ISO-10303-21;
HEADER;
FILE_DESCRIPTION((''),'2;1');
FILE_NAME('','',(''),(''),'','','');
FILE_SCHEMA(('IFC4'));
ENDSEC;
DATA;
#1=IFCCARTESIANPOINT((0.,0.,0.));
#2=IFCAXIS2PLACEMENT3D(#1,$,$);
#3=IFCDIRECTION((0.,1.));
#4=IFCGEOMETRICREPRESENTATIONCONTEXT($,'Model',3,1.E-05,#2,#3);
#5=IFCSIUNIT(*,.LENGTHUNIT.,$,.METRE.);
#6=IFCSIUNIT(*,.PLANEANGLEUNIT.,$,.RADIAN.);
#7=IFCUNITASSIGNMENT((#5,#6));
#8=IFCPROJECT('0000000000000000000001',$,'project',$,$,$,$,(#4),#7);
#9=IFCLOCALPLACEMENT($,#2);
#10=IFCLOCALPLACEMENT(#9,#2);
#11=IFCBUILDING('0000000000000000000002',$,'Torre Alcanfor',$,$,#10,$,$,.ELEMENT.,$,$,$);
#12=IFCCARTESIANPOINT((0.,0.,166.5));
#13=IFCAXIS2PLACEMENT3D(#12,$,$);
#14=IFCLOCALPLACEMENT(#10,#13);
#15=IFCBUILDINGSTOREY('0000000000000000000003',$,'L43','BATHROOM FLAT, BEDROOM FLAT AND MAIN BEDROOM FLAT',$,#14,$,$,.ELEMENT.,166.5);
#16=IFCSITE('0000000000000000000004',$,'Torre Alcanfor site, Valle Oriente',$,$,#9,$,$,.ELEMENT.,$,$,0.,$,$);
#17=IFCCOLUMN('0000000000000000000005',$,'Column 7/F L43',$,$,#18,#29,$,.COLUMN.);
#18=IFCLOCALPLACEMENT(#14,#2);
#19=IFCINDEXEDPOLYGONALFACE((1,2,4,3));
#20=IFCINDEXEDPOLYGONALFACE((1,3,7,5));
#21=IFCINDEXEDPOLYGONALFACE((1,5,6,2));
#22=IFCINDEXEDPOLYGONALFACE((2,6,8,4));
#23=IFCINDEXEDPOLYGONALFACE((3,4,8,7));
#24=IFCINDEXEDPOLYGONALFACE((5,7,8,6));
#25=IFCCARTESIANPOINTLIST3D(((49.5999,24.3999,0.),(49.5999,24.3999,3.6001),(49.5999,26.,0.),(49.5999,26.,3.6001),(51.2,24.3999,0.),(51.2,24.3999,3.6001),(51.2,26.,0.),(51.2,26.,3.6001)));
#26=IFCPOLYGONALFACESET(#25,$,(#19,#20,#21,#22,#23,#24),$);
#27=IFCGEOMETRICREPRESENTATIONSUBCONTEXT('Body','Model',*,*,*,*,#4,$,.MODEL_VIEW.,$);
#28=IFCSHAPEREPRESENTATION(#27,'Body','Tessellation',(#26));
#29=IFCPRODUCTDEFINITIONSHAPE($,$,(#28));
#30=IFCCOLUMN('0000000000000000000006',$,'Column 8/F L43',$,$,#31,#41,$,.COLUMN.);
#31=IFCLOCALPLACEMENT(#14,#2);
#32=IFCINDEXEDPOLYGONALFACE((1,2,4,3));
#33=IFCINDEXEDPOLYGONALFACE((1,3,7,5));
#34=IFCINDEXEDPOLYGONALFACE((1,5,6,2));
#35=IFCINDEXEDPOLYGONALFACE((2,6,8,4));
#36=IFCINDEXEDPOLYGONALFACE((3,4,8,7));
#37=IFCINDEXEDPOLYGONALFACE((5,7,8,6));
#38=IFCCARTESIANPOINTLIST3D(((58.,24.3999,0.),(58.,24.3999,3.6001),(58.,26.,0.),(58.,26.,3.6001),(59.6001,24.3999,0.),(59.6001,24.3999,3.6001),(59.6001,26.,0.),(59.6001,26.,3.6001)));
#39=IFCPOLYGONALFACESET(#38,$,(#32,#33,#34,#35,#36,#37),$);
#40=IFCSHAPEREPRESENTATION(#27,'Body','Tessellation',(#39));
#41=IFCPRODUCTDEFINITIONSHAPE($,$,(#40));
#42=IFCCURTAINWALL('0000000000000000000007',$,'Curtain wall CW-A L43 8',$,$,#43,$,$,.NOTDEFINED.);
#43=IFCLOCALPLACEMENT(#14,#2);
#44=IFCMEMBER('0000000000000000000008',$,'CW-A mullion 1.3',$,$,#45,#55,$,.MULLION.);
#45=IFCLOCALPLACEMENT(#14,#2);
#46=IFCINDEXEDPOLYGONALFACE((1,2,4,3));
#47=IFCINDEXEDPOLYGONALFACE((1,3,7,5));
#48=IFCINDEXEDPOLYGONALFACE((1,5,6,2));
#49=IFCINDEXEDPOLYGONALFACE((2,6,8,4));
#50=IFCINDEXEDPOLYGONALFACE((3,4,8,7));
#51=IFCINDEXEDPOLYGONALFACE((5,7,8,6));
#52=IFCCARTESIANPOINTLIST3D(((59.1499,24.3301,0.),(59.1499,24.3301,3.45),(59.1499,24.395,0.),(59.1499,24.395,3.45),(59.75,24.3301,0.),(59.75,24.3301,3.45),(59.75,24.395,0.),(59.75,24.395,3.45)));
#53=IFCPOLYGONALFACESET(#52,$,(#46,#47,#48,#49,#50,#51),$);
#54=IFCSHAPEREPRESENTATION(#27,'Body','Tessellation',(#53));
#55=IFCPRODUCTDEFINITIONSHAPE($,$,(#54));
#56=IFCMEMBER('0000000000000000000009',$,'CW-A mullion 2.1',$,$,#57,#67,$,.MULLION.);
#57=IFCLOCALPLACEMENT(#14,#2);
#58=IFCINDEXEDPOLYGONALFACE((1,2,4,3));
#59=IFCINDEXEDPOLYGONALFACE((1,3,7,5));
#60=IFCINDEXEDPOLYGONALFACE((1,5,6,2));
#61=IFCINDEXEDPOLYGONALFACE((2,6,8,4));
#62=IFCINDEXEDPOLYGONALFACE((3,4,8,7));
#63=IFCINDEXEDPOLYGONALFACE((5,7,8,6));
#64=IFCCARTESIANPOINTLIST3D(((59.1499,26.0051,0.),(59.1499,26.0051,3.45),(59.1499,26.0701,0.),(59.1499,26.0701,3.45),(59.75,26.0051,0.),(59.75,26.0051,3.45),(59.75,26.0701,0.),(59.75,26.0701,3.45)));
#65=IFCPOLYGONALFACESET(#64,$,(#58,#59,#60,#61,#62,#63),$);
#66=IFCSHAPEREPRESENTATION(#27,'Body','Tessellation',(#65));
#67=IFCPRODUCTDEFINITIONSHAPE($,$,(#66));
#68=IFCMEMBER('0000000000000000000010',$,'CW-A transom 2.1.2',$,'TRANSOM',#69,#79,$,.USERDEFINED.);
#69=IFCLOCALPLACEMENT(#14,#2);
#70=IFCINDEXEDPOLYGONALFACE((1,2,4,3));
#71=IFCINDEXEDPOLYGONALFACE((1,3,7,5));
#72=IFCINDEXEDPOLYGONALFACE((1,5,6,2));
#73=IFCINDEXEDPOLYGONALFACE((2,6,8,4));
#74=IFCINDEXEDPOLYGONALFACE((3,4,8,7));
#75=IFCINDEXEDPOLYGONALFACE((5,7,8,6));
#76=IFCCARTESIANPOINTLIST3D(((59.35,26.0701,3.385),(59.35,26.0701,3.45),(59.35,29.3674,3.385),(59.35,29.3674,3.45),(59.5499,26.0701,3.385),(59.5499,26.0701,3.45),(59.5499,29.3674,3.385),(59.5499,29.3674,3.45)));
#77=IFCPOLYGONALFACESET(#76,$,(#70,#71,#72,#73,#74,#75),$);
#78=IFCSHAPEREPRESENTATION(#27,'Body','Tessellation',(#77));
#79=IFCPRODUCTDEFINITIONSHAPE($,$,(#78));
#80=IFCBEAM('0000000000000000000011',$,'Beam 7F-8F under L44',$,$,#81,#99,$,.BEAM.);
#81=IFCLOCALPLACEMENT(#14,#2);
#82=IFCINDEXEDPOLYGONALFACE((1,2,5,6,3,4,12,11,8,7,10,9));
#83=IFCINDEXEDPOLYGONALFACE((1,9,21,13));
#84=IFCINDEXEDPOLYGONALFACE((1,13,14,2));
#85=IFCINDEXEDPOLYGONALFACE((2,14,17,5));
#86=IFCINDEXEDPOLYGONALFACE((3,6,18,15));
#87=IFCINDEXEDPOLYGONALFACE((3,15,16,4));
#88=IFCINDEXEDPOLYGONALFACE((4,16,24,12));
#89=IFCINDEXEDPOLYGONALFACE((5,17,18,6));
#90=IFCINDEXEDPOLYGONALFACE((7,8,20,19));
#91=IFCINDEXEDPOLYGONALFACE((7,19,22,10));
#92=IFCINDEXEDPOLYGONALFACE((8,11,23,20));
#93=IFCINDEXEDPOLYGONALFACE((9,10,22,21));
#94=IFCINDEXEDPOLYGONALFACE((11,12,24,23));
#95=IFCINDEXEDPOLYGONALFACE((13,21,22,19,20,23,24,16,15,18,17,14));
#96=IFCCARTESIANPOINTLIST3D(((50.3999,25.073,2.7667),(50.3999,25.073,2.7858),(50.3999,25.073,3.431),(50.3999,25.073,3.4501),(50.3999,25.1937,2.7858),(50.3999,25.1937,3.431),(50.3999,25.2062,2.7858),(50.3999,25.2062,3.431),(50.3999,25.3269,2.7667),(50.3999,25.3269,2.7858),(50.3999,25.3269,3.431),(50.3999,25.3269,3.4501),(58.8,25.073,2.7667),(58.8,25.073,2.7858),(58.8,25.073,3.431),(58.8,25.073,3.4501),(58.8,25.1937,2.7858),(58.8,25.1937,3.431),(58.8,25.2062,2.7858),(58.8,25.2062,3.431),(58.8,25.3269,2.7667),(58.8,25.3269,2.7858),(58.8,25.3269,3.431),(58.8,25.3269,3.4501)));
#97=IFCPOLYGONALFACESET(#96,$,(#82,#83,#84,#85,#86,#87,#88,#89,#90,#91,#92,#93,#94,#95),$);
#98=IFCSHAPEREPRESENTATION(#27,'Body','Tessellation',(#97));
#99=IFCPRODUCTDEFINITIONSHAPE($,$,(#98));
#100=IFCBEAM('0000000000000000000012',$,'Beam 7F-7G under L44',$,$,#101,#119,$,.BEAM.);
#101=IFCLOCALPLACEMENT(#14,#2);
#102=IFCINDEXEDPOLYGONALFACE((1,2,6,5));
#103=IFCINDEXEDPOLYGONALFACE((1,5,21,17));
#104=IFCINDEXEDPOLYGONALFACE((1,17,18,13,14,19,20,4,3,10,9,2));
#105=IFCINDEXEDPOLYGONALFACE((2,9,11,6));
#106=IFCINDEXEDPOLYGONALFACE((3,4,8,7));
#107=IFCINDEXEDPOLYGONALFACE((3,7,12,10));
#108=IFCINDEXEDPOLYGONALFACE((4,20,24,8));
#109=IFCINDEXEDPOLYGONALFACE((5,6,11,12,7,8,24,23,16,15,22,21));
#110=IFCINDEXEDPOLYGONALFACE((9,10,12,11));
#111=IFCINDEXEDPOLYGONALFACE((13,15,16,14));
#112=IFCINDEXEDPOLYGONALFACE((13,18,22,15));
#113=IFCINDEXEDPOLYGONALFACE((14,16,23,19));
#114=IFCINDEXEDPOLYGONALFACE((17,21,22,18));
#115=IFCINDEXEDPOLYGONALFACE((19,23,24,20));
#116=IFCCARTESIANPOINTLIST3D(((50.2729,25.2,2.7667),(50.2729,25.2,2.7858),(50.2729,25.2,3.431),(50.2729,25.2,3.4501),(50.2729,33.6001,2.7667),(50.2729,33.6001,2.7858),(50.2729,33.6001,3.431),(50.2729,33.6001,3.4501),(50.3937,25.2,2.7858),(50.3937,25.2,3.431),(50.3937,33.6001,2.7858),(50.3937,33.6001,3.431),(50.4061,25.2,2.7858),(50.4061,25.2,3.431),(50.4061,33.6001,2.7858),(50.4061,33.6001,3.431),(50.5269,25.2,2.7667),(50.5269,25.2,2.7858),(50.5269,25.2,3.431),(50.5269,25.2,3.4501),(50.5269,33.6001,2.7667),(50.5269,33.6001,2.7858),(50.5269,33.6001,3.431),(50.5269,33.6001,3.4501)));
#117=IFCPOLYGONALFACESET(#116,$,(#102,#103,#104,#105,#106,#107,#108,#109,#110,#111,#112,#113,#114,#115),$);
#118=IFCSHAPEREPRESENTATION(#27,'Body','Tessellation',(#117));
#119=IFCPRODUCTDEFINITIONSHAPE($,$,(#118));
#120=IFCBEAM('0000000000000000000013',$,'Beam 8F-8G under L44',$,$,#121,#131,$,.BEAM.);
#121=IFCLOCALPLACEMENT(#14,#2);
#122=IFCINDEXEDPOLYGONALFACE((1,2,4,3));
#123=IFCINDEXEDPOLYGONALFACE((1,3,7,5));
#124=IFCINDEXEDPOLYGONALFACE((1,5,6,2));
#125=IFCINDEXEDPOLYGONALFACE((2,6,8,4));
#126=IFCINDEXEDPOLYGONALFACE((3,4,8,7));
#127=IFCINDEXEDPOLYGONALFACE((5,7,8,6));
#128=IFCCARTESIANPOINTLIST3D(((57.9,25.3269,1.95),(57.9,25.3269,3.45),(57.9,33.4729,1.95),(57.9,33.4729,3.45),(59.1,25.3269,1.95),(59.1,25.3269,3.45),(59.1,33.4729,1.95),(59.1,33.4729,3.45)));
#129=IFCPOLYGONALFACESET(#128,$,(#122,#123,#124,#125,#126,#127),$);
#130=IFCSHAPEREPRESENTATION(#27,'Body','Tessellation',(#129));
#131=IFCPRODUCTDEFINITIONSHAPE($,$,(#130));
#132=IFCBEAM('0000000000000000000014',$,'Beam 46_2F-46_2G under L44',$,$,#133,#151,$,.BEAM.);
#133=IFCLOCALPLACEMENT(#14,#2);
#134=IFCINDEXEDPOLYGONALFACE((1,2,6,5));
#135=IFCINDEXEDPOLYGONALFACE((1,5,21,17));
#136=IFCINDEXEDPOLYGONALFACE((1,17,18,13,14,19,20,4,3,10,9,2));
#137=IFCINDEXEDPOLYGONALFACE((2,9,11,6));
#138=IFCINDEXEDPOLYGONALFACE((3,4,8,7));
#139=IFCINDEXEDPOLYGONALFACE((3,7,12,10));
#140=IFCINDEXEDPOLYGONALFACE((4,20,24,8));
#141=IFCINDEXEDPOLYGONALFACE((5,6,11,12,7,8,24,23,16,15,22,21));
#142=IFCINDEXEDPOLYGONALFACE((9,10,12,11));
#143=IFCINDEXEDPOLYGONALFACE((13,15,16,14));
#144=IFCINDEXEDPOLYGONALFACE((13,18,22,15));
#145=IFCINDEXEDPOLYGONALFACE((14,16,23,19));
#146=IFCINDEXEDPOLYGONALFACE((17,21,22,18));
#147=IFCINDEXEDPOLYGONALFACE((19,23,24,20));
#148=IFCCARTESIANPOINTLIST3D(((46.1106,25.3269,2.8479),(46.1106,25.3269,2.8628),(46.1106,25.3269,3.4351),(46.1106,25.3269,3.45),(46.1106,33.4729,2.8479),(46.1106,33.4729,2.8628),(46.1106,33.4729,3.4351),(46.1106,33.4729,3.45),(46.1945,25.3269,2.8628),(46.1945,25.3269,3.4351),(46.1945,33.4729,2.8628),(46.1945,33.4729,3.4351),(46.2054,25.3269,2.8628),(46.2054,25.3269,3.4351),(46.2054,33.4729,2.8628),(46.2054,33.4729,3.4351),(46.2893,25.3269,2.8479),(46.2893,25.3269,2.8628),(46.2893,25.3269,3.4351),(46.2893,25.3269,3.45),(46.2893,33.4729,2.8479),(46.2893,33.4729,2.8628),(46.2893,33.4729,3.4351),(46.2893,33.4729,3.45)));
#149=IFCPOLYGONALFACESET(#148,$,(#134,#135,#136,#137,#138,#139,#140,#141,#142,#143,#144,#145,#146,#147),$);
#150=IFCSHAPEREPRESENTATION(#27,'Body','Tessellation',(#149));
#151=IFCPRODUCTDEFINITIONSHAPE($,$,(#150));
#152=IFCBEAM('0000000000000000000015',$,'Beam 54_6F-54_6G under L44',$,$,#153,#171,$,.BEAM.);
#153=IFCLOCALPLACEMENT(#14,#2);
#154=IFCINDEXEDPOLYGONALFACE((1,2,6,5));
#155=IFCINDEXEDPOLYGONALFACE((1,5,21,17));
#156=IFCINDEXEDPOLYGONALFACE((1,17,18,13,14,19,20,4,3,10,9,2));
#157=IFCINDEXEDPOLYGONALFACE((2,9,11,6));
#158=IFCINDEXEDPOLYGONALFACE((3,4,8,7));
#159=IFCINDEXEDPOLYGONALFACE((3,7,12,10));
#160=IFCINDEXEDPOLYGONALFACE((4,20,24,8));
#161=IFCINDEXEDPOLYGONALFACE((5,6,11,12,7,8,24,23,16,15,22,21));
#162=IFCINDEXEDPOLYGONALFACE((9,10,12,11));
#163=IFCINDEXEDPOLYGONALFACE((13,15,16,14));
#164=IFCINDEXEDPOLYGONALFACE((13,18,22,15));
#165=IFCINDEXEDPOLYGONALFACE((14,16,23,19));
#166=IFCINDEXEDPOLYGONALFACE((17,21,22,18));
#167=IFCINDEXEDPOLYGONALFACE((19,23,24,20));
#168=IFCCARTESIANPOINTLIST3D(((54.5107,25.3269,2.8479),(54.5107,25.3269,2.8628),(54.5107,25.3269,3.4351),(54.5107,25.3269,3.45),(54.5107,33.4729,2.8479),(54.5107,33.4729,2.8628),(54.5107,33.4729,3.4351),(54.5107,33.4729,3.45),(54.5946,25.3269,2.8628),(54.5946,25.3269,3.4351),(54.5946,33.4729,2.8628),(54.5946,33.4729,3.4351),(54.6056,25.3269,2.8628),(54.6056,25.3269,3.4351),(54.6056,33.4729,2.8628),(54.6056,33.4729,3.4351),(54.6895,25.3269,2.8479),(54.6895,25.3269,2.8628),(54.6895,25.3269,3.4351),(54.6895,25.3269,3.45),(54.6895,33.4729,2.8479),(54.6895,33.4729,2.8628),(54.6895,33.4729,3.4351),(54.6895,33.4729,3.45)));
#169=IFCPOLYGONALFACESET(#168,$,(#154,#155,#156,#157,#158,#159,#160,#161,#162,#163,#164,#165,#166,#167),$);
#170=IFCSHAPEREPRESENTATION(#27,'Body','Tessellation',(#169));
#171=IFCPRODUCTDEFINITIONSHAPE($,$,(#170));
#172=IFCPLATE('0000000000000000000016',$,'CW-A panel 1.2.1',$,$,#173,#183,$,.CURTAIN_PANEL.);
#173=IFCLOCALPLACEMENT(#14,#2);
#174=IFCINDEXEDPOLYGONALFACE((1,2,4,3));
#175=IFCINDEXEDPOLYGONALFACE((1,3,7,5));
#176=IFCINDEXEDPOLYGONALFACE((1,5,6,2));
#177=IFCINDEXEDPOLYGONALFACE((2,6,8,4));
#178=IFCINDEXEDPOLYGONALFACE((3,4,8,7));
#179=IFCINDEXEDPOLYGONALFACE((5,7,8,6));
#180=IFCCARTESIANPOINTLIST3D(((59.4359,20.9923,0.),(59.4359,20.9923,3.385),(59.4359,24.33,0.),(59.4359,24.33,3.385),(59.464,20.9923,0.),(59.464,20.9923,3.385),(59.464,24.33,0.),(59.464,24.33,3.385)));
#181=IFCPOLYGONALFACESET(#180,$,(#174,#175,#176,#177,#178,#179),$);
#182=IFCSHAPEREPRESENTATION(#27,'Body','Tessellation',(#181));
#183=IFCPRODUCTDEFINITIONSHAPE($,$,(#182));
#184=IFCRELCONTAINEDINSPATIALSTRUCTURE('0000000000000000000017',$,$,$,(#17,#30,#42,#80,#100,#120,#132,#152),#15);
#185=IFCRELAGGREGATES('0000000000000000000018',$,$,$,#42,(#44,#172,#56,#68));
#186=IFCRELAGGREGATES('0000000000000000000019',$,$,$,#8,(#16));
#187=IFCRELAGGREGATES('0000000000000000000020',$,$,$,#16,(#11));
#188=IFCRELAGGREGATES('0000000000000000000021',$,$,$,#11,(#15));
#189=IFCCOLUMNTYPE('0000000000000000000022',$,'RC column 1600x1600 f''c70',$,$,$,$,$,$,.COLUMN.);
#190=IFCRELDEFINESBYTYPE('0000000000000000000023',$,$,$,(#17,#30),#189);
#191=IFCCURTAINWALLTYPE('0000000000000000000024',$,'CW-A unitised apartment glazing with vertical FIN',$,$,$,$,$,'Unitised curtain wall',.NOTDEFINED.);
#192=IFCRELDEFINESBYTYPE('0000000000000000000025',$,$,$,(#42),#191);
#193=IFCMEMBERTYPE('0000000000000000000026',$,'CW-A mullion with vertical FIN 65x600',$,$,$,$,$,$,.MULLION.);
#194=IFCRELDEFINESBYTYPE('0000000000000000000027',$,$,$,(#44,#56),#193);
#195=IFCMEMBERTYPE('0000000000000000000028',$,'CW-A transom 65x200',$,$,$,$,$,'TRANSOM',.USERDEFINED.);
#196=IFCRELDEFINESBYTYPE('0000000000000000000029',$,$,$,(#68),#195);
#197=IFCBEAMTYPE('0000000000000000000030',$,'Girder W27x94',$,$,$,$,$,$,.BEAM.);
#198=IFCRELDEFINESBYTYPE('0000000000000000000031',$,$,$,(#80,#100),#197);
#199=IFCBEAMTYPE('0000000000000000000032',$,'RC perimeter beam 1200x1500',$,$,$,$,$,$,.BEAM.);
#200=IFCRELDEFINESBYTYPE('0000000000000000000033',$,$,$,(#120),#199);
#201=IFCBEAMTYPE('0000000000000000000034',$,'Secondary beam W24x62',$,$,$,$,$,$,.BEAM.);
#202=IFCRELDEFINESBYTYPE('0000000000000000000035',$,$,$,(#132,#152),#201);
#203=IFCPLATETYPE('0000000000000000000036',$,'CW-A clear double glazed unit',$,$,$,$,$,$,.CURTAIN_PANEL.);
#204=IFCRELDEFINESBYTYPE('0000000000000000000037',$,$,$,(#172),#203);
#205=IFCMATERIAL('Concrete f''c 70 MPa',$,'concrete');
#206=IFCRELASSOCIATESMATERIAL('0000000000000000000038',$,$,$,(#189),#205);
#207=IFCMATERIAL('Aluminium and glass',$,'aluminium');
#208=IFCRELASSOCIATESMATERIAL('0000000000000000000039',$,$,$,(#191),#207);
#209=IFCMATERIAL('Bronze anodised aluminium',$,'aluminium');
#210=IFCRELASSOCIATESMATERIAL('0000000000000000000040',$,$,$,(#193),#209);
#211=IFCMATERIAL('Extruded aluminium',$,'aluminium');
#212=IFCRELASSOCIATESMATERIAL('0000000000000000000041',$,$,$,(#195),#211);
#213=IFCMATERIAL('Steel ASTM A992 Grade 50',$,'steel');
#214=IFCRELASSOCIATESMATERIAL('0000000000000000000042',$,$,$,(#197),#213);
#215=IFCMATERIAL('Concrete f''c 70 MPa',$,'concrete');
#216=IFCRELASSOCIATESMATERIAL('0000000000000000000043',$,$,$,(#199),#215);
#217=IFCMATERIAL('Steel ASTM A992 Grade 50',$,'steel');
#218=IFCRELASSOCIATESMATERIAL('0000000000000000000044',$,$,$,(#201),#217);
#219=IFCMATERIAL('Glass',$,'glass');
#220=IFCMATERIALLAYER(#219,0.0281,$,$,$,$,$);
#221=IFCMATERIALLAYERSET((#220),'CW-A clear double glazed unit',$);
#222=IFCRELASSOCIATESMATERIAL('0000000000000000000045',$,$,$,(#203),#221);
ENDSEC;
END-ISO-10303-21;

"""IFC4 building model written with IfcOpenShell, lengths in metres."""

from ifc_helpers import new_model, si_unit, direction, frame, origin, origin_2d, place, context, subcontext, project, spatial, rectangle, i_section, extrude, material, layer, layer_set, material_profile, profile_set, type_object, element, aggregate, save


model = new_model("IFC4")

# Units and contexts
model_context = context("Model", 3, precision=1e-05, world=origin(), true_north=direction((0.0, 1.0)))
body_context = subcontext(model_context, "Body", "Model", "MODEL_VIEW")
ifc_project = project(units=[si_unit("LENGTHUNIT", "METRE"), si_unit("PLANEANGLEUNIT", "RADIAN")], contexts=[model_context])

# Site, building, storey
site_placement = place(None, origin())
site = spatial("IfcSite", under=ifc_project, at=site_placement, Name="Torre Alcanfor site, Valle Oriente", CompositionType="ELEMENT", RefElevation=0.0)
building_placement = place(site_placement, origin())
building = spatial("IfcBuilding", under=site, at=building_placement, Name="Torre Alcanfor", CompositionType="ELEMENT")
storey_placement = place(building_placement, frame((0.0, 0.0, 166.5)))
storey = spatial("IfcBuildingStorey", under=building, at=storey_placement, Name="L43", Description="BATHROOM FLAT, BEDROOM FLAT AND MAIN BEDROOM FLAT", CompositionType="ELEMENT", Elevation=166.5)

# Columns
ifc_material_1 = material(Name="Concrete f'c 70 MPa", Category="concrete")
ifc_material_profile_1 = material_profile(ifc_material_1, rectangle(XDim=1.6001, YDim=1.6001, at=origin_2d()), Name="1600x1600")
ifc_profile_set_1 = profile_set([ifc_material_profile_1], Name="Concrete f'c 70 MPa")
column_type = type_object("IfcColumnType", Name="RC column 1600x1600 f'c70", PredefinedType="COLUMN", material=ifc_profile_set_1)
for number, where, z_axis, x_axis, name in (
    (1, (50.3999, 25.2, 0.0), (0.0, 0.0, 1.0), (1.0, 0.0, 0.0), "Column 7/F L43"),
    (2, (58.8, 25.2, 0.0), (0.0, 0.0, 1.0), (1.0, 0.0, 0.0), "Column 8/F L43"),
):
    element("IfcColumn", number, at=place(storey_placement, frame(where, z_axis=z_axis, x_axis=x_axis)), inside=storey, type_object=column_type, Name=name, PredefinedType="COLUMN", context=body_context, shape_type="SweptSolid", body=[
        extrude(rectangle(XDim=1.6001, YDim=1.6001, at=origin_2d()), origin(), (0.0, 0.0, 1.0), 3.6001),
    ])

# Curtain wall, members
ifc_material_2 = material(Name="Aluminium and glass", Category="aluminium")
curtain_wall_type = type_object("IfcCurtainWallType", Name="CW-A unitised apartment glazing with vertical FIN", ElementType="Unitised curtain wall", PredefinedType="NOTDEFINED", material=ifc_material_2)
curtain_wall_placement = place(storey_placement, origin())
curtain_wall = element("IfcCurtainWall", 3, at=curtain_wall_placement, inside=storey, type_object=curtain_wall_type, Name="Curtain wall CW-A L43 8", PredefinedType="NOTDEFINED")
ifc_material_3 = material(Name="Bronze anodised aluminium", Category="aluminium")
ifc_material_profile_2 = material_profile(ifc_material_3, rectangle(XDim=0.6001, YDim=0.0649, at=origin_2d()), Name="CW-A mullion 65x600")
ifc_profile_set_2 = profile_set([ifc_material_profile_2], Name="Bronze anodised aluminium")
member_type_1 = type_object("IfcMemberType", Name="CW-A mullion with vertical FIN 65x600", PredefinedType="MULLION", material=ifc_profile_set_2)
member_1_placement = place(storey_placement, frame((59.45, 24.3625, 0.0), z_axis=(0.0, 0.0, 1.0), x_axis=(-1.0, 0.0, 0.0)))
member_1 = element("IfcMember", 4, at=member_1_placement, type_object=member_type_1, Name="CW-A mullion 1.3", PredefinedType="MULLION", context=body_context, shape_type="SweptSolid", body=[
    extrude(rectangle(XDim=0.6001, YDim=0.0649, at=origin_2d()), origin(), (0.0, 0.0, 1.0), 3.45),
])
member_2_placement = place(storey_placement, frame((59.45, 26.0376, 0.0), z_axis=(0.0, 0.0, 1.0), x_axis=(-1.0, 0.0, 0.0)))
member_2 = element("IfcMember", 5, at=member_2_placement, type_object=member_type_1, Name="CW-A mullion 2.1", PredefinedType="MULLION", context=body_context, shape_type="SweptSolid", body=[
    extrude(rectangle(XDim=0.6001, YDim=0.0649, at=origin_2d()), origin(), (0.0, 0.0, 1.0), 3.45),
])
ifc_material_4 = material(Name="Extruded aluminium", Category="aluminium")
ifc_material_profile_3 = material_profile(ifc_material_4, rectangle(XDim=0.2, YDim=0.0649, at=origin_2d()), Name="CW-A transom 200x65")
ifc_profile_set_3 = profile_set([ifc_material_profile_3], Name="Extruded aluminium")
member_type_2 = type_object("IfcMemberType", Name="CW-A transom 65x200", ElementType="TRANSOM", PredefinedType="USERDEFINED", material=ifc_profile_set_3)
member_3_placement = place(storey_placement, frame((59.45, 26.0701, 3.4175), z_axis=(0.0, 1.0, 0.0), x_axis=(-1.0, 0.0, 0.0)))
member_3 = element("IfcMember", 6, at=member_3_placement, type_object=member_type_2, Name="CW-A transom 2.1.2", ObjectType="TRANSOM", PredefinedType="USERDEFINED", context=body_context, shape_type="SweptSolid", body=[
    extrude(rectangle(XDim=0.2, YDim=0.0649, at=origin_2d()), origin(), (0.0, 0.0, 1.0), 3.2974),
])

# Beams
ifc_material_5 = material(Name="Steel ASTM A992 Grade 50", Category="steel")
ifc_material_profile_4 = material_profile(ifc_material_5, i_section(OverallWidth=0.2539, OverallDepth=0.6833, WebThickness=0.0125, FlangeThickness=0.019, at=origin_2d()), Name="W27x94")
ifc_profile_set_4 = profile_set([ifc_material_profile_4], Name="Steel ASTM A992 Grade 50")
beam_type_1 = type_object("IfcBeamType", Name="Girder W27x94", PredefinedType="BEAM", material=ifc_profile_set_4)
for number, where, z_axis, x_axis, name in (
    (7, (50.3999, 25.2, 3.1084), (1.0, 0.0, 0.0), (0.0, 1.0, 0.0), "Beam 7F-8F under L44"),
    (8, (50.3999, 25.2, 3.1084), (0.0, 1.0, 0.0), (-1.0, 0.0, 0.0), "Beam 7F-7G under L44"),
):
    element("IfcBeam", number, at=place(storey_placement, frame(where, z_axis=z_axis, x_axis=x_axis)), inside=storey, type_object=beam_type_1, Name=name, PredefinedType="BEAM", context=body_context, shape_type="SweptSolid", body=[
        extrude(i_section(OverallWidth=0.2539, OverallDepth=0.6833, WebThickness=0.0125, FlangeThickness=0.019, at=origin_2d()), origin(), (0.0, 0.0, 1.0), 8.4001),
    ])
ifc_material_6 = material(Name="Concrete f'c 70 MPa", Category="concrete")
ifc_material_profile_5 = material_profile(ifc_material_6, rectangle(XDim=1.2, YDim=1.5, at=origin_2d()), Name="1200x1500")
ifc_profile_set_5 = profile_set([ifc_material_profile_5], Name="Concrete f'c 70 MPa")
beam_type_2 = type_object("IfcBeamType", Name="RC perimeter beam 1200x1500", PredefinedType="BEAM", material=ifc_profile_set_5)
beam_placement = place(storey_placement, frame((58.5, 25.3269, 2.7), z_axis=(0.0, 1.0, 0.0), x_axis=(-1.0, 0.0, 0.0)))
element("IfcBeam", 9, at=beam_placement, inside=storey, type_object=beam_type_2, Name="Beam 8F-8G under L44", PredefinedType="BEAM", context=body_context, shape_type="SweptSolid", body=[
    extrude(rectangle(XDim=1.2, YDim=1.5, at=origin_2d()), origin(), (0.0, 0.0, 1.0), 8.146),
])
ifc_material_7 = material(Name="Steel ASTM A992 Grade 50", Category="steel")
ifc_material_profile_6 = material_profile(ifc_material_7, i_section(OverallWidth=0.1787, OverallDepth=0.6021, WebThickness=0.011, FlangeThickness=0.0149, at=origin_2d()), Name="W24x62")
ifc_profile_set_6 = profile_set([ifc_material_profile_6], Name="Steel ASTM A992 Grade 50")
beam_type_3 = type_object("IfcBeamType", Name="Secondary beam W24x62", PredefinedType="BEAM", material=ifc_profile_set_6)
for number, where, z_axis, x_axis, name in (
    (10, (46.2, 25.3269, 3.1489), (0.0, 1.0, 0.0), (-1.0, 0.0, 0.0), "Beam 46_2F-46_2G under L44"),
    (11, (54.6001, 25.3269, 3.1489), (0.0, 1.0, 0.0), (-1.0, 0.0, 0.0), "Beam 54_6F-54_6G under L44"),
):
    element("IfcBeam", number, at=place(storey_placement, frame(where, z_axis=z_axis, x_axis=x_axis)), inside=storey, type_object=beam_type_3, Name=name, PredefinedType="BEAM", context=body_context, shape_type="SweptSolid", body=[
        extrude(i_section(OverallWidth=0.1787, OverallDepth=0.6021, WebThickness=0.011, FlangeThickness=0.0149, at=origin_2d()), origin(), (0.0, 0.0, 1.0), 8.146),
    ])

# Plate
ifc_material_8 = material(Name="Glass", Category="glass")
ifc_layer_1 = layer(ifc_material_8, 0.0281)
ifc_layer_set_1 = layer_set([ifc_layer_1], Name="CW-A clear double glazed unit")
plate_type = type_object("IfcPlateType", Name="CW-A clear double glazed unit", PredefinedType="CURTAIN_PANEL", material=ifc_layer_set_1)
plate_1_placement = place(storey_placement, frame((59.45, 22.6611, 0.0), z_axis=(0.0, 0.0, 1.0), x_axis=(0.0, 1.0, 0.0)))
plate_1 = element("IfcPlate", 12, at=plate_1_placement, type_object=plate_type, Name="CW-A panel 1.2.1", PredefinedType="CURTAIN_PANEL", context=body_context, shape_type="SweptSolid", body=[
    extrude(rectangle(XDim=3.3376, YDim=0.0281, at=origin_2d()), origin(), (0.0, 0.0, 1.0), 3.385),
])
aggregate(curtain_wall, [member_1, plate_1, member_2, member_3])

save(model, "model.ifc")
